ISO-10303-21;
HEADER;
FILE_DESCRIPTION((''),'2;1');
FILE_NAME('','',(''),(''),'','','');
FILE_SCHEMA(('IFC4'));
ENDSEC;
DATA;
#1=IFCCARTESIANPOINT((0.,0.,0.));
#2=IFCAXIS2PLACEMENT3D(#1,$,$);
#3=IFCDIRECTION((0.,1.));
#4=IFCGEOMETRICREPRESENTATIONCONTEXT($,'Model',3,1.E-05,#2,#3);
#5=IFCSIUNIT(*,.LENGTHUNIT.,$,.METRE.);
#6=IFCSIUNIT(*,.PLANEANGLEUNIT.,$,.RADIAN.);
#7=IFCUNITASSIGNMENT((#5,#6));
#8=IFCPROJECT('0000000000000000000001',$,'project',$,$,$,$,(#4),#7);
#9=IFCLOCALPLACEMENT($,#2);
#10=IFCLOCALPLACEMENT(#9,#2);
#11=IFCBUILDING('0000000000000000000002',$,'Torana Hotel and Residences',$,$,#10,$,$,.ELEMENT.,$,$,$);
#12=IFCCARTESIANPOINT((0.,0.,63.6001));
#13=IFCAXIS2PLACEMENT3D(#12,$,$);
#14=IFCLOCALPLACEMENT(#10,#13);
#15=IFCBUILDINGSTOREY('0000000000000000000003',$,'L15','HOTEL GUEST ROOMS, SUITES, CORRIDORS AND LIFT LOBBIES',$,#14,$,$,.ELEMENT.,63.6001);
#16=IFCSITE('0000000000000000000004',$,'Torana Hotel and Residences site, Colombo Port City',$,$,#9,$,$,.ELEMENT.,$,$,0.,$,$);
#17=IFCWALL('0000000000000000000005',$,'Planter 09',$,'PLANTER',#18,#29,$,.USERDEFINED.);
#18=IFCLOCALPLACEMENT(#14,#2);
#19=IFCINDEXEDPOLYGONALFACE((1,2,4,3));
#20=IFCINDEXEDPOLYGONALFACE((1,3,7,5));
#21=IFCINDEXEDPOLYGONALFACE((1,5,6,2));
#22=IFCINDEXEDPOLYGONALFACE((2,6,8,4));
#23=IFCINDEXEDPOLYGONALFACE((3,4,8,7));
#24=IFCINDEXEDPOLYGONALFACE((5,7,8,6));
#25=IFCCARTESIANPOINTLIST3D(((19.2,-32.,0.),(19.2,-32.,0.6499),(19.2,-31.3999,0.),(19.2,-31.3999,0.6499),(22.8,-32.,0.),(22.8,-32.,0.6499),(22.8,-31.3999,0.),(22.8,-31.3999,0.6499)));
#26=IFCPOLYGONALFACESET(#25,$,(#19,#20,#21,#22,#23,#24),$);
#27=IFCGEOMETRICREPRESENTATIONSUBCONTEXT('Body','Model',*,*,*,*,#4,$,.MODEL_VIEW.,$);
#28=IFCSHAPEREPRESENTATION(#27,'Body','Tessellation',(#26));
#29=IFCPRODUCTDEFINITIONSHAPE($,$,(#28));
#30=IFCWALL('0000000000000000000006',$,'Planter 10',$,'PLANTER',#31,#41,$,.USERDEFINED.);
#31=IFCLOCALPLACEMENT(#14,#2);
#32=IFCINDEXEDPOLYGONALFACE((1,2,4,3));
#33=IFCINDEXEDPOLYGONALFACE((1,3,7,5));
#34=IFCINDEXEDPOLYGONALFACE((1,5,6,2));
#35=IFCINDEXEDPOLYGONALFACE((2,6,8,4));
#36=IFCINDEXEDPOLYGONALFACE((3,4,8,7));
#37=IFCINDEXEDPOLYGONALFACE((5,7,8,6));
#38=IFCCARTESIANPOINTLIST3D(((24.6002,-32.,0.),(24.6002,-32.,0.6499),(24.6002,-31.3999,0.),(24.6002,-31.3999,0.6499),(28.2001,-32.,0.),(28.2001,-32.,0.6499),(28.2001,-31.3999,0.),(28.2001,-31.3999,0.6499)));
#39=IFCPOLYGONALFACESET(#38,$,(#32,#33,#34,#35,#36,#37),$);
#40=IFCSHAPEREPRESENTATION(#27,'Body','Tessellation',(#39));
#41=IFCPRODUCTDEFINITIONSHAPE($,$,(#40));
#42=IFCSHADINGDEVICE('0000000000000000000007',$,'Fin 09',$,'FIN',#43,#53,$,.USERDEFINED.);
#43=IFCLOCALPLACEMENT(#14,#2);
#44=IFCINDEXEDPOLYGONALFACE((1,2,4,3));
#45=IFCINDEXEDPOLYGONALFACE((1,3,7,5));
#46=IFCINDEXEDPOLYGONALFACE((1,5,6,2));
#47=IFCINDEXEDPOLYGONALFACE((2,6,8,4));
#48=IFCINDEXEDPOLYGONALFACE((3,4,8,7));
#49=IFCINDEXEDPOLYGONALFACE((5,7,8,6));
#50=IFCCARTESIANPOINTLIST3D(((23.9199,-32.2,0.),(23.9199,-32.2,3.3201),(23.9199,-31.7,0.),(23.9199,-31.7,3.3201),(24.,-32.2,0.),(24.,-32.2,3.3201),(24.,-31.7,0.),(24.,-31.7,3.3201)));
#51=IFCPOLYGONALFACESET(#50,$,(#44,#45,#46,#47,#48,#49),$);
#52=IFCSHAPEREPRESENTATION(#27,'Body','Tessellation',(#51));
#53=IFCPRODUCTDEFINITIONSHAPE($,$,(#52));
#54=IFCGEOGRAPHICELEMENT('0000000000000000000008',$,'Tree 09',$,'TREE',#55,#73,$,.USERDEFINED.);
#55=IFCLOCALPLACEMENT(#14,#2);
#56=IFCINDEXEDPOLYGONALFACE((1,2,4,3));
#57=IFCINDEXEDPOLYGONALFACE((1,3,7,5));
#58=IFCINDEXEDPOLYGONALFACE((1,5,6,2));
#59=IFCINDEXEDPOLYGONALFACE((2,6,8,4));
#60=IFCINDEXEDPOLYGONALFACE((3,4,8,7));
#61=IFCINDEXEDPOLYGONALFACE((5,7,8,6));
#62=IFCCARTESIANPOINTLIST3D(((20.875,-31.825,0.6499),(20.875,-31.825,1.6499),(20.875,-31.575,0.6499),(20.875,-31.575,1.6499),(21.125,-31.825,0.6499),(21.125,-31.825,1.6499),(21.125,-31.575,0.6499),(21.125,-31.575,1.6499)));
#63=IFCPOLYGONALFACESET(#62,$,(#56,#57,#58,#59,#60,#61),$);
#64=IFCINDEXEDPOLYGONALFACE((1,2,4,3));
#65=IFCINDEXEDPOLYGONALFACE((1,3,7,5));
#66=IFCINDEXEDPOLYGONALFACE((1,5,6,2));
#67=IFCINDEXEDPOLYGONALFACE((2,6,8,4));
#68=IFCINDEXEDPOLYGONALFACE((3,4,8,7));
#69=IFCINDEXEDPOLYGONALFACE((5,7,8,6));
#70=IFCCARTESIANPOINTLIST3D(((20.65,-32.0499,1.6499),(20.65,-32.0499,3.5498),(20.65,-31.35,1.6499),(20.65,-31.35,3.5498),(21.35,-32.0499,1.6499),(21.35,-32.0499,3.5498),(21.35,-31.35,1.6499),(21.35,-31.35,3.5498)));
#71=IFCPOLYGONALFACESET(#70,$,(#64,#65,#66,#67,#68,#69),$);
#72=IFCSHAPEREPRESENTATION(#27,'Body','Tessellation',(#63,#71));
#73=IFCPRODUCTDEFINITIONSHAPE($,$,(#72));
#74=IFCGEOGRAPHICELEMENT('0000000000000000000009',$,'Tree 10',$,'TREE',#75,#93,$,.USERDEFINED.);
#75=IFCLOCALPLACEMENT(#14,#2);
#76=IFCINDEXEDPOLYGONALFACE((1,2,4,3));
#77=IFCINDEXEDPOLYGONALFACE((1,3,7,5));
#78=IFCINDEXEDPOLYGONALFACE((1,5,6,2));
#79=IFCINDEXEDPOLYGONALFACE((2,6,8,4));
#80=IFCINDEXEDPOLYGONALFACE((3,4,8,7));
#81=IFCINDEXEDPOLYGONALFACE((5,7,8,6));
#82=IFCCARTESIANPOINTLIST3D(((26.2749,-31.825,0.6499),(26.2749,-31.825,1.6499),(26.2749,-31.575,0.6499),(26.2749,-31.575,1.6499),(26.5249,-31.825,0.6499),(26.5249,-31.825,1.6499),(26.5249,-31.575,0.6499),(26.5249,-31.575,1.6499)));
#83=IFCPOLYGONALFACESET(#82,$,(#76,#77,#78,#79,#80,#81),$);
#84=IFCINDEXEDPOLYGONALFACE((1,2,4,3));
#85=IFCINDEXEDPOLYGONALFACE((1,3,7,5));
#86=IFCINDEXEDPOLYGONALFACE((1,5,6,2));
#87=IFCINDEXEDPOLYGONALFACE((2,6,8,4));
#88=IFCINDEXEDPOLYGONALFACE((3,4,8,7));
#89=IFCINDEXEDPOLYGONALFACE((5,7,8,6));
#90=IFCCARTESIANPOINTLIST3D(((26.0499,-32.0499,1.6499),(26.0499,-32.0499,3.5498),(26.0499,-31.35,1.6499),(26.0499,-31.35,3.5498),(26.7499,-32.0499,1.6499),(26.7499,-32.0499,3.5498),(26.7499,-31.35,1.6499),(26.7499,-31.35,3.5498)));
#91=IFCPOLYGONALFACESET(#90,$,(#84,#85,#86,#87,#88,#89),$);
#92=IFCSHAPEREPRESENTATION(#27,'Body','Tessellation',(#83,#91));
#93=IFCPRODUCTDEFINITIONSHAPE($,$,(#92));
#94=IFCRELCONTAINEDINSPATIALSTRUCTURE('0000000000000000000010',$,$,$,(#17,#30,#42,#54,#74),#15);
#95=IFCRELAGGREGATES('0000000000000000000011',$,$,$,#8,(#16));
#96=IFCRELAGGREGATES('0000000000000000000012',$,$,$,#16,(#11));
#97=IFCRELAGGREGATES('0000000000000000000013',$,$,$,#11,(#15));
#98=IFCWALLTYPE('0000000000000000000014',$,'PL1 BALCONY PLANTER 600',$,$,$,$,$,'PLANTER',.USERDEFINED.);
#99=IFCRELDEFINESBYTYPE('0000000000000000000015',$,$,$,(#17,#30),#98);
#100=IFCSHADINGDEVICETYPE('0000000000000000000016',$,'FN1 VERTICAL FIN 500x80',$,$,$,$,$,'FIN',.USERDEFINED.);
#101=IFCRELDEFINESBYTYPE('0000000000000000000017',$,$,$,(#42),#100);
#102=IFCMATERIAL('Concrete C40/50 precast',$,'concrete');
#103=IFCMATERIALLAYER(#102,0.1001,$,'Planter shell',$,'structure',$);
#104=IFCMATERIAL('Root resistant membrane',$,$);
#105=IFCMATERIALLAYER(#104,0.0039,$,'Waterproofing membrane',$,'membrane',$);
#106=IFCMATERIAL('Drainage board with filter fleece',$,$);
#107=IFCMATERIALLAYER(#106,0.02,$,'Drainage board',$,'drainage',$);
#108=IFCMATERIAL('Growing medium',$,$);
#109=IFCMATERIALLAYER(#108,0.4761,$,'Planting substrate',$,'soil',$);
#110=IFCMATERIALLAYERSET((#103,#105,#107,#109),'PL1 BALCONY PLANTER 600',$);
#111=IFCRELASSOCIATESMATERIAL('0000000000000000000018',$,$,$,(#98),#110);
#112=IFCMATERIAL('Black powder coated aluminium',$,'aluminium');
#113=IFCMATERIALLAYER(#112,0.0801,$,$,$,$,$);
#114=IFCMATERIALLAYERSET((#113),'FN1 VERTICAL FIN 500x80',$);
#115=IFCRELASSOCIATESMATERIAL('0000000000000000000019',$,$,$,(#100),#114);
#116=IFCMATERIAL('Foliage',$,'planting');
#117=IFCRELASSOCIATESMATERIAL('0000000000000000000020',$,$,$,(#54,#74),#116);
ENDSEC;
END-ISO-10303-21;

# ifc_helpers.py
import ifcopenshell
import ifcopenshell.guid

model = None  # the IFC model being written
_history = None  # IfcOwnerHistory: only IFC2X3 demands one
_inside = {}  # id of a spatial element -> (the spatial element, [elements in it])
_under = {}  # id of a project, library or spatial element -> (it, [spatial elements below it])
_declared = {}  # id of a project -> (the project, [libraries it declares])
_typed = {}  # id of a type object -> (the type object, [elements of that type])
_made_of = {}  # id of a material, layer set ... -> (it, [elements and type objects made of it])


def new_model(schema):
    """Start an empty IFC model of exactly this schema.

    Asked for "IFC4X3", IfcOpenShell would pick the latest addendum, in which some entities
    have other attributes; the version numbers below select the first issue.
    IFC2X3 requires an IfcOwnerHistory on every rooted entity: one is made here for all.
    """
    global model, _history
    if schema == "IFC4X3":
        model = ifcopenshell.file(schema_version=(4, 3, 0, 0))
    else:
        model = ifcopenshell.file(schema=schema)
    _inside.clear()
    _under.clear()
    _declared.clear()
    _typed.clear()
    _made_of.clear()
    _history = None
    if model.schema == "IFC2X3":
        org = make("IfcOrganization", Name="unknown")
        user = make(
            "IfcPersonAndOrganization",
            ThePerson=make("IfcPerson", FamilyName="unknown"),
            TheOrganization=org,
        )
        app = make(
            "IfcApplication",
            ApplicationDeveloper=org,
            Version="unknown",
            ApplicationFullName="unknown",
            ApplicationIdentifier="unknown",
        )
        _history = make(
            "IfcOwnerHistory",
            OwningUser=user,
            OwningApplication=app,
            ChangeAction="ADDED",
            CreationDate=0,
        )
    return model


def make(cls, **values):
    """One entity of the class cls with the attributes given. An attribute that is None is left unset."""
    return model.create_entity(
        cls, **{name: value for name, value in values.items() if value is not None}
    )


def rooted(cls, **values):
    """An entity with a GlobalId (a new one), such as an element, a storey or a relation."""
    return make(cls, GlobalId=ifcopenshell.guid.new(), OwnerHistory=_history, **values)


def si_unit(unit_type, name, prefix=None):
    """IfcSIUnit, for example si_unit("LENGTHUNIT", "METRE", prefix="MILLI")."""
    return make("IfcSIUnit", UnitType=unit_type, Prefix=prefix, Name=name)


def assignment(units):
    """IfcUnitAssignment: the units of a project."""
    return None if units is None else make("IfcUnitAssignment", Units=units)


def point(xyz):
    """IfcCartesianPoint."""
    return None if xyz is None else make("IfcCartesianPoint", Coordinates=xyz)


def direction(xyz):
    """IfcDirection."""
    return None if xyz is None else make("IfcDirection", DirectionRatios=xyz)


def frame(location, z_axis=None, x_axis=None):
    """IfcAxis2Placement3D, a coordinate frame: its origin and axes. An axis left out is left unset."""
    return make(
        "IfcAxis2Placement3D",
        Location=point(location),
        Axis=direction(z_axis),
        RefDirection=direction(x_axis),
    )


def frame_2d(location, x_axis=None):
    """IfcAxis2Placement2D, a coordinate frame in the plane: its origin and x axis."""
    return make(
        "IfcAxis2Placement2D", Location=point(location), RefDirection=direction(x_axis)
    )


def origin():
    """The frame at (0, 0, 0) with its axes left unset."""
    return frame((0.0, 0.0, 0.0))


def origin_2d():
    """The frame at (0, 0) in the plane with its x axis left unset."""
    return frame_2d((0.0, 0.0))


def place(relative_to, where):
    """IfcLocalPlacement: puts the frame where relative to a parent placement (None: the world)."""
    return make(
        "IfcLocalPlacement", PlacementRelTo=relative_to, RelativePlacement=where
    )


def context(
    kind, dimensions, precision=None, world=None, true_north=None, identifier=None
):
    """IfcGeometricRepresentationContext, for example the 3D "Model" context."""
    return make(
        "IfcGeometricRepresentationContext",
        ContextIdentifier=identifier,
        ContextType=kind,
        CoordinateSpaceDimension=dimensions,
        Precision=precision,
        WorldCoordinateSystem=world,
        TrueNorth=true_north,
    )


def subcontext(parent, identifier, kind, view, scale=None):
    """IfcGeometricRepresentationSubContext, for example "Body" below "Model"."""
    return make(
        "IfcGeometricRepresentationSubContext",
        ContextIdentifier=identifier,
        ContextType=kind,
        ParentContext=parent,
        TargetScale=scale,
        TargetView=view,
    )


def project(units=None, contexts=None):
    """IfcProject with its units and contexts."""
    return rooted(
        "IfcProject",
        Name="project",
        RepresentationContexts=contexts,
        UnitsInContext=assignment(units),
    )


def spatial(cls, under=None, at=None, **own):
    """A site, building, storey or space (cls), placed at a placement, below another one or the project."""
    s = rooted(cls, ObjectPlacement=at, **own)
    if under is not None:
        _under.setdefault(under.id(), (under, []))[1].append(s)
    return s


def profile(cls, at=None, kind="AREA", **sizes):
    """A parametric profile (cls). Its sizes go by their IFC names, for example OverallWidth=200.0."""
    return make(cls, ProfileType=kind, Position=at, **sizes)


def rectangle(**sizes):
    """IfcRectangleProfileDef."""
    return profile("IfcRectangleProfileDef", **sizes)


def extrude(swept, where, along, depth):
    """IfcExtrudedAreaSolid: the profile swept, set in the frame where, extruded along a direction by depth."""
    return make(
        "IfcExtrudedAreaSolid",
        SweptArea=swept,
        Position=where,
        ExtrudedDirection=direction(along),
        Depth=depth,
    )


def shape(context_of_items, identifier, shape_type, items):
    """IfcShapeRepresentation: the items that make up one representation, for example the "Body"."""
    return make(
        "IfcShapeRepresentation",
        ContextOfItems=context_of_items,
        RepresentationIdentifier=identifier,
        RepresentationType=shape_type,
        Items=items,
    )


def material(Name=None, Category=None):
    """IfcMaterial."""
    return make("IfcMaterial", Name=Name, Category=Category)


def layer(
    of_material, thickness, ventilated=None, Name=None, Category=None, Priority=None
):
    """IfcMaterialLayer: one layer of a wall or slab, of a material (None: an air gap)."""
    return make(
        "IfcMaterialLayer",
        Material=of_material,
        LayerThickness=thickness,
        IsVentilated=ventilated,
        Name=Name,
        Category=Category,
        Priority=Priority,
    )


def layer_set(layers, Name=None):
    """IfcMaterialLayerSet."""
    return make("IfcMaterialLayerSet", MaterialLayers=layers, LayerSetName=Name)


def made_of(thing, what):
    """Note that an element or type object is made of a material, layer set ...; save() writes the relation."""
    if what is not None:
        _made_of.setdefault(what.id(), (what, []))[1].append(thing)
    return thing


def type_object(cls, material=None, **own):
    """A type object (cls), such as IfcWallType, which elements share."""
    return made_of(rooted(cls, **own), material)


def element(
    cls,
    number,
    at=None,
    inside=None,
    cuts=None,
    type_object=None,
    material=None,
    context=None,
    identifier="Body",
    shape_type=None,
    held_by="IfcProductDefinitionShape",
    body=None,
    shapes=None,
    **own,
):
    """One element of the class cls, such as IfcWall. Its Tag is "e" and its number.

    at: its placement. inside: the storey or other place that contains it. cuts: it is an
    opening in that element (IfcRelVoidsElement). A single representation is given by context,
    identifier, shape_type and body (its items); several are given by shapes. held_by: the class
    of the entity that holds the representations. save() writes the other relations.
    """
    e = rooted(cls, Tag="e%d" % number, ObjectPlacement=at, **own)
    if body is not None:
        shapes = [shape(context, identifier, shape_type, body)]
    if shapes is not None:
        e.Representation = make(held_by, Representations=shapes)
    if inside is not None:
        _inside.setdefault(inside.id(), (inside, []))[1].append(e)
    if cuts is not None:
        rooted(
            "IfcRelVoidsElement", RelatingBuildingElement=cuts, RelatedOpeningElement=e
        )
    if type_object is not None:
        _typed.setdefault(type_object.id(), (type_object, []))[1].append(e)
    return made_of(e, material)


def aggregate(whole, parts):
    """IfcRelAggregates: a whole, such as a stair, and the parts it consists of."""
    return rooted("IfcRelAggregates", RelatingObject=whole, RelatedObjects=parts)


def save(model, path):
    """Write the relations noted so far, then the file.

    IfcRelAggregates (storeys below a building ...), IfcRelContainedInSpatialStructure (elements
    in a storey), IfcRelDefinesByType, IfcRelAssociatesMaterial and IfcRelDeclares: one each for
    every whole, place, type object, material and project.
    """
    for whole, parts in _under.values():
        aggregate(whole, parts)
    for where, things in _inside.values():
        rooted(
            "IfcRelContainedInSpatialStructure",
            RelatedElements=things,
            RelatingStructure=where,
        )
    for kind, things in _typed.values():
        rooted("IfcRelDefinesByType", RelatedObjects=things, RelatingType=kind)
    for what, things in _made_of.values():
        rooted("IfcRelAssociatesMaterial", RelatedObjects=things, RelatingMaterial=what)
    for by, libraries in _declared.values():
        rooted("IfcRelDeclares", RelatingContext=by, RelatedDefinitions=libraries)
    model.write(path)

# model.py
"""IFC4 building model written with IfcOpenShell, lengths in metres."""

from ifc_helpers import new_model, si_unit, direction, frame, frame_2d, origin, origin_2d, place, context, subcontext, project, spatial, rectangle, extrude, material, layer, layer_set, type_object, element, save


model = new_model("IFC4")

# Units and contexts
model_context = context("Model", 3, precision=1e-05, world=origin(), true_north=direction((0.0, 1.0)))
body_context = subcontext(model_context, "Body", "Model", "MODEL_VIEW")
ifc_project = project(units=[si_unit("LENGTHUNIT", "METRE"), si_unit("PLANEANGLEUNIT", "RADIAN")], contexts=[model_context])

# Site, building, storey
site_placement = place(None, origin())
site = spatial("IfcSite", under=ifc_project, at=site_placement, Name="Torana Hotel and Residences site, Colombo Port City", CompositionType="ELEMENT", RefElevation=0.0)
building_placement = place(site_placement, origin())
building = spatial("IfcBuilding", under=site, at=building_placement, Name="Torana Hotel and Residences", CompositionType="ELEMENT")
storey_placement = place(building_placement, frame((0.0, 0.0, 63.6001)))
storey = spatial("IfcBuildingStorey", under=building, at=storey_placement, Name="L15", Description="HOTEL GUEST ROOMS, SUITES, CORRIDORS AND LIFT LOBBIES", CompositionType="ELEMENT", Elevation=63.6001)

# Walls
ifc_material_1 = material(Name="Concrete C40/50 precast", Category="concrete")
ifc_layer_1 = layer(ifc_material_1, 0.1001, Name="Planter shell", Category="structure")
ifc_material_2 = material(Name="Root resistant membrane")
ifc_layer_2 = layer(ifc_material_2, 0.0039, Name="Waterproofing membrane", Category="membrane")
ifc_material_3 = material(Name="Drainage board with filter fleece")
ifc_layer_3 = layer(ifc_material_3, 0.02, Name="Drainage board", Category="drainage")
ifc_material_4 = material(Name="Growing medium")
ifc_layer_4 = layer(ifc_material_4, 0.4761, Name="Planting substrate", Category="soil")
ifc_layer_set_1 = layer_set([ifc_layer_1, ifc_layer_2, ifc_layer_3, ifc_layer_4], Name="PL1 BALCONY PLANTER 600")
wall_type_1 = type_object("IfcWallType", Name="PL1 BALCONY PLANTER 600", ElementType="PLANTER", PredefinedType="USERDEFINED", material=ifc_layer_set_1)
for number, where, z_axis, x_axis, name in (
    (1, (22.8, -31.7, 0.0), (0.0, 0.0, 1.0), (-1.0, 0.0, 0.0), "Planter 09"),
):
    element("IfcWall", number, at=place(storey_placement, frame(where, z_axis=z_axis, x_axis=x_axis)), inside=storey, type_object=wall_type_1, Name=name, ObjectType="PLANTER", PredefinedType="USERDEFINED", context=body_context, shape_type="SweptSolid", body=[
        extrude(rectangle(XDim=3.6001, YDim=0.6001, at=frame_2d((1.8, 0.0))), origin(), (0.0, 0.0, 1.0), 0.6499),
    ])
wall_1_placement = place(storey_placement, frame((28.2, -31.7, 0.0), z_axis=(0.0, 0.0, 1.0), x_axis=(-1.0, 0.0, 0.0)))
element("IfcWall", 2, at=wall_1_placement, inside=storey, type_object=wall_type_1, Name="Planter 10", ObjectType="PLANTER", PredefinedType="USERDEFINED", context=body_context, shape_type="SweptSolid", body=[
    extrude(rectangle(XDim=3.5999, YDim=0.6001, at=frame_2d((1.7998, 0.0))), origin(), (0.0, 0.0, 1.0), 0.6499),
])

# Shading device
ifc_material_5 = material(Name="Black powder coated aluminium", Category="aluminium")
ifc_layer_5 = layer(ifc_material_5, 0.0801)
ifc_layer_set_2 = layer_set([ifc_layer_5], Name="FN1 VERTICAL FIN 500x80")
shading_device_type = type_object("IfcShadingDeviceType", Name="FN1 VERTICAL FIN 500x80", ElementType="FIN", PredefinedType="USERDEFINED", material=ifc_layer_set_2)
shading_device_placement = place(storey_placement, frame((23.96, -31.95, 0.0), z_axis=(0.0, 0.0, 1.0), x_axis=(-1.0, 0.0, 0.0)))
element("IfcShadingDevice", 3, at=shading_device_placement, inside=storey, type_object=shading_device_type, Name="Fin 09", ObjectType="FIN", PredefinedType="USERDEFINED", context=body_context, shape_type="SweptSolid", body=[
    extrude(rectangle(XDim=0.0801, YDim=0.5, at=origin_2d()), origin(), (0.0, 0.0, 1.0), 3.3201),
])

# Geographic elements
ifc_material_6 = material(Name="Foliage", Category="planting")
for number, where, z_axis, x_axis, name in (
    (4, (21.0, -31.7, 0.6499), (0.0, 0.0, 1.0), (1.0, 0.0, 0.0), "Tree 09"),
    (5, (26.3999, -31.7, 0.6499), (0.0, 0.0, 1.0), (1.0, 0.0, 0.0), "Tree 10"),
):
    element("IfcGeographicElement", number, at=place(storey_placement, frame(where, z_axis=z_axis, x_axis=x_axis)), inside=storey, material=ifc_material_6, Name=name, ObjectType="TREE", PredefinedType="USERDEFINED", context=body_context, shape_type="SweptSolid", body=[
        extrude(rectangle(XDim=0.25, YDim=0.25, at=origin_2d()), origin(), (0.0, 0.0, 1.0), 1.0),
        extrude(rectangle(XDim=0.7, YDim=0.7, at=origin_2d()), frame((0.0, 0.0, 1.0)), (0.0, 0.0, 1.0), 1.8999),
    ])

save(model, "model.ifc")
